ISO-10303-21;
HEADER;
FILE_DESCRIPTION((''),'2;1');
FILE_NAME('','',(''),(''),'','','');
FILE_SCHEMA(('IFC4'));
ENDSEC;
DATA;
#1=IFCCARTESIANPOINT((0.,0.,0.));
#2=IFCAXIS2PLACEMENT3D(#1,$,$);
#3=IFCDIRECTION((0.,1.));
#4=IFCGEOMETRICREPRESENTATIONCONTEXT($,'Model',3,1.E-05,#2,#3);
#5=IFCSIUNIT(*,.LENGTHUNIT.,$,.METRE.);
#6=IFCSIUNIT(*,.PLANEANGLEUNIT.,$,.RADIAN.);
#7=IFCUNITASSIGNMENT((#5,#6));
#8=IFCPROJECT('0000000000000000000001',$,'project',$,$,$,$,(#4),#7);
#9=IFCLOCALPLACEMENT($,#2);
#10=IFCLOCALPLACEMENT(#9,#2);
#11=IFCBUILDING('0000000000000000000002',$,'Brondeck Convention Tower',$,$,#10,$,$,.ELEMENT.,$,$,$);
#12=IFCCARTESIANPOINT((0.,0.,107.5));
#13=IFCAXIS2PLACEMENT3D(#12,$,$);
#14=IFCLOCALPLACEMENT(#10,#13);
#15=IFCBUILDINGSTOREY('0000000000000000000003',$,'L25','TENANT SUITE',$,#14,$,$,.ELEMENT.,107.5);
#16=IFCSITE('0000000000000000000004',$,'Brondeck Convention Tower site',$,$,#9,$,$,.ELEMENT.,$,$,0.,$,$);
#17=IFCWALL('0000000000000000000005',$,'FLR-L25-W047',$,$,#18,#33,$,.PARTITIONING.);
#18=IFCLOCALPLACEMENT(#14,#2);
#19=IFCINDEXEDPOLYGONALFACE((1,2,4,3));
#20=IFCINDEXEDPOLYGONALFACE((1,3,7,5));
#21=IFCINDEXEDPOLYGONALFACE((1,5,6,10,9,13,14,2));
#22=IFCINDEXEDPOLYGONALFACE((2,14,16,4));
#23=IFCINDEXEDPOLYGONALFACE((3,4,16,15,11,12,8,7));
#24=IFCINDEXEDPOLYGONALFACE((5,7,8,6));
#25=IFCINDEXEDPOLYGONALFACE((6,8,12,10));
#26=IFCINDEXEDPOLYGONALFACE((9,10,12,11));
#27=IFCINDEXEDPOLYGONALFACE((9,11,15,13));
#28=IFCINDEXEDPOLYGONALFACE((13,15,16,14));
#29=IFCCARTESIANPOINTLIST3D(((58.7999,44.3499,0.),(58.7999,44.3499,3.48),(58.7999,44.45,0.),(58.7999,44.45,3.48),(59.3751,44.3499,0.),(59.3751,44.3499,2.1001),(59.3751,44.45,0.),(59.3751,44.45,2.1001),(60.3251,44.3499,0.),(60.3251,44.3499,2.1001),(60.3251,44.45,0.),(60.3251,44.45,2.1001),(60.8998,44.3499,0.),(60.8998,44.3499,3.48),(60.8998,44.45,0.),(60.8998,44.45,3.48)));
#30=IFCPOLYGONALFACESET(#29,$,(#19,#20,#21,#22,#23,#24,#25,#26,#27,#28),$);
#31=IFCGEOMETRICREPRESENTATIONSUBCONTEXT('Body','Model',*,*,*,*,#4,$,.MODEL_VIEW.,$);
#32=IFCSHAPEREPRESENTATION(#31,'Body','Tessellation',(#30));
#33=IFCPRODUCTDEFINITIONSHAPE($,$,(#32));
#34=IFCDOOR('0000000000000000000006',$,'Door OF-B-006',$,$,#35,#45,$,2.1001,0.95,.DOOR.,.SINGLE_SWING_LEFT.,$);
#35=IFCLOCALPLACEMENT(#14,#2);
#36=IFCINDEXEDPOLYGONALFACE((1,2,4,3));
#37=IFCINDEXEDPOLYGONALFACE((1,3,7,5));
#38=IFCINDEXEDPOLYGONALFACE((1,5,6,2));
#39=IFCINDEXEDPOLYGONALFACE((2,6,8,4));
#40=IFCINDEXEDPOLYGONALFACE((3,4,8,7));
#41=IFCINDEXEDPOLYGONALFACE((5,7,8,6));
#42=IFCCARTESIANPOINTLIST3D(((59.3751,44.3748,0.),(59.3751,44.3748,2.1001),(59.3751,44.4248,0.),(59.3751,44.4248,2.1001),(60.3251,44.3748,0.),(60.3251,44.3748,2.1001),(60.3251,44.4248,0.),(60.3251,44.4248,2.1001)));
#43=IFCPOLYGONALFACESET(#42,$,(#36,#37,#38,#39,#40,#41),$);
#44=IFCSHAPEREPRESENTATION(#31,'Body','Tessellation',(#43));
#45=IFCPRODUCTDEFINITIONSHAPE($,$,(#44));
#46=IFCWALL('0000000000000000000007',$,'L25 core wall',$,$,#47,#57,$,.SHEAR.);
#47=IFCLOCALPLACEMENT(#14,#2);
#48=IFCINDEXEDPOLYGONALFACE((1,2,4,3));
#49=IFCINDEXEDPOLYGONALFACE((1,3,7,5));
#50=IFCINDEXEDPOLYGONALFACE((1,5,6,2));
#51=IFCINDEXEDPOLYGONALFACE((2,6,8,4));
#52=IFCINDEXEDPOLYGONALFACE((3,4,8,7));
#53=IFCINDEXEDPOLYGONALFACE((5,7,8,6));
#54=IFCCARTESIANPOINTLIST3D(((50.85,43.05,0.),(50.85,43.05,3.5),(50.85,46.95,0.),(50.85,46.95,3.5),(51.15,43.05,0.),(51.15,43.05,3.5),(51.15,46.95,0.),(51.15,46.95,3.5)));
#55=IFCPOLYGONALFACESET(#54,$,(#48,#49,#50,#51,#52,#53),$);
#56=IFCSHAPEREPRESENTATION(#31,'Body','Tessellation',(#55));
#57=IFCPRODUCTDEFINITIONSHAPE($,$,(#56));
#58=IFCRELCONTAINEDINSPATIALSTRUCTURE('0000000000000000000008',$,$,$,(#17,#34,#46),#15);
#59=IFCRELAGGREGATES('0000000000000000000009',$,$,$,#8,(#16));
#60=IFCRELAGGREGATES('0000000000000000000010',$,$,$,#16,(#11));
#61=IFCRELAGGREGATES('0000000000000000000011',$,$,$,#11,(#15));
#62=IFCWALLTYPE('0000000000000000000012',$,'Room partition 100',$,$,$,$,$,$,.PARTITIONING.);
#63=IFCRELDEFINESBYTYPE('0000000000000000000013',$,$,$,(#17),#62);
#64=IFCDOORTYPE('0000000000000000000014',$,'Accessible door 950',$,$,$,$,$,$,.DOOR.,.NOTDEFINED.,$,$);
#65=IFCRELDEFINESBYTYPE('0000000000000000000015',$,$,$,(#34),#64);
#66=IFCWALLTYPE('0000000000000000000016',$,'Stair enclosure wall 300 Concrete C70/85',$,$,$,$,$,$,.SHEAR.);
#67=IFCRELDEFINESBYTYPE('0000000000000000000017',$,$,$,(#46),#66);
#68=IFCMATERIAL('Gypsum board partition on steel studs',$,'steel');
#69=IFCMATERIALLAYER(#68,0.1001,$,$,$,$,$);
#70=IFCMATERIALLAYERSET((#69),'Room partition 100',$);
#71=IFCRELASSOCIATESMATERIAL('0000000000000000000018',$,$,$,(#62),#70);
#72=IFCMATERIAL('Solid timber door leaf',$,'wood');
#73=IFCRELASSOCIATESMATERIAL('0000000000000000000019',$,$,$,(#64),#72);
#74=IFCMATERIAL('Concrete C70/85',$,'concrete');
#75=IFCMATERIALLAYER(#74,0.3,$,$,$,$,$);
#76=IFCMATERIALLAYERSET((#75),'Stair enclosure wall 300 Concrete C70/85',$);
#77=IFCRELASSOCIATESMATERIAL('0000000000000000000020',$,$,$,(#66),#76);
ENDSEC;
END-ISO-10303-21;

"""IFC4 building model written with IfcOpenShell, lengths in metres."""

from ifc_helpers import new_model, si_unit, direction, frame, frame_2d, origin, place, context, subcontext, project, spatial, rectangle, extrude, material, layer, layer_set, type_object, element, fill, save


model = new_model("IFC4")

# Units and contexts
model_context = context("Model", 3, precision=1e-05, world=origin(), true_north=direction((0.0, 1.0)))
body_context = subcontext(model_context, "Body", "Model", "MODEL_VIEW")
ifc_project = project(units=[si_unit("LENGTHUNIT", "METRE"), si_unit("PLANEANGLEUNIT", "RADIAN")], contexts=[model_context])

# Site, building, storey
site_placement = place(None, origin())
site = spatial("IfcSite", under=ifc_project, at=site_placement, Name="Brondeck Convention Tower site", CompositionType="ELEMENT", RefElevation=0.0)
building_placement = place(site_placement, origin())
building = spatial("IfcBuilding", under=site, at=building_placement, Name="Brondeck Convention Tower", CompositionType="ELEMENT")
storey_placement = place(building_placement, frame((0.0, 0.0, 107.5)))
storey = spatial("IfcBuildingStorey", under=building, at=storey_placement, Name="L25", Description="TENANT SUITE", CompositionType="ELEMENT", Elevation=107.5)

# Shared definitions
ifc_material_1 = material(Name="Concrete C70/85", Category="concrete")

# Shared definitions
ifc_material_2 = material(Name="Gypsum board partition on steel studs", Category="steel")
ifc_layer_1 = layer(ifc_material_2, 0.1001)
ifc_layer_set_1 = layer_set([ifc_layer_1], Name="Room partition 100")
wall_type_1 = type_object("IfcWallType", Name="Room partition 100", PredefinedType="PARTITIONING", material=ifc_layer_set_1)

# Shared definitions
ifc_material_3 = material(Name="Solid timber door leaf", Category="wood")

# Wall, opening, door
wall_1_placement = place(storey_placement, frame((58.8, 44.3999, 0.0), z_axis=(0.0, 0.0, 1.0), x_axis=(1.0, 0.0, 0.0)))
wall_1 = element("IfcWall", 1, at=wall_1_placement, inside=storey, type_object=wall_type_1, Name="FLR-L25-W047", PredefinedType="PARTITIONING", context=body_context, shape_type="SweptSolid", body=[
    extrude(rectangle(XDim=2.0999, YDim=0.1001, at=frame_2d((1.0498, 0.0))), origin(), (0.0, 0.0, 1.0), 3.48),
])
opening_1_placement = place(wall_1_placement, frame((0.575, 0.0, 0.0)))
opening_1 = element("IfcOpeningElement", 2, at=opening_1_placement, cuts=wall_1, PredefinedType="OPENING", context=body_context, shape_type="SweptSolid", body=[
    extrude(rectangle(XDim=0.95, YDim=2.1001, at=frame_2d((0.4751, 1.05))), frame((0.0, 0.0601, 0.0), z_axis=(0.0, -1.0, 0.0), x_axis=(1.0, 0.0, 0.0)), (0.0, 0.0, 1.0), 0.1201),
])
door_type_1 = type_object("IfcDoorType", Name="Accessible door 950", OperationType="NOTDEFINED", PredefinedType="DOOR", material=ifc_material_3)
door_1_placement = place(opening_1_placement, origin())
door_1 = element("IfcDoor", 3, at=door_1_placement, inside=storey, type_object=door_type_1, Name="Door OF-B-006", OperationType="SINGLE_SWING_LEFT", OverallHeight=2.1001, OverallWidth=0.95, PredefinedType="DOOR", context=body_context, shape_type="SweptSolid", body=[
    extrude(rectangle(XDim=0.95, YDim=2.1001, at=frame_2d((0.4751, 1.05))), frame((0.0, 0.0249, 0.0), z_axis=(0.0, -1.0, 0.0), x_axis=(1.0, 0.0, 0.0)), (0.0, 0.0, 1.0), 0.05),
])
fill(opening_1, door_1)

# Wall
ifc_layer_2 = layer(ifc_material_1, 0.3)
ifc_layer_set_2 = layer_set([ifc_layer_2], Name="Stair enclosure wall 300 Concrete C70/85")
wall_type_2 = type_object("IfcWallType", Name="Stair enclosure wall 300 Concrete C70/85", PredefinedType="SHEAR", material=ifc_layer_set_2)
wall_2_placement = place(storey_placement, frame((51.0, 43.05, 0.0), z_axis=(0.0, 0.0, 1.0), x_axis=(0.0, 1.0, 0.0)))
element("IfcWall", 4, at=wall_2_placement, inside=storey, type_object=wall_type_2, Name="L25 core wall", PredefinedType="SHEAR", context=body_context, shape_type="SweptSolid", body=[
    extrude(rectangle(XDim=3.8999, YDim=0.3, at=frame_2d((1.95, 0.0))), origin(), (0.0, 0.0, 1.0), 3.5),
])

save(model, "model.ifc")
